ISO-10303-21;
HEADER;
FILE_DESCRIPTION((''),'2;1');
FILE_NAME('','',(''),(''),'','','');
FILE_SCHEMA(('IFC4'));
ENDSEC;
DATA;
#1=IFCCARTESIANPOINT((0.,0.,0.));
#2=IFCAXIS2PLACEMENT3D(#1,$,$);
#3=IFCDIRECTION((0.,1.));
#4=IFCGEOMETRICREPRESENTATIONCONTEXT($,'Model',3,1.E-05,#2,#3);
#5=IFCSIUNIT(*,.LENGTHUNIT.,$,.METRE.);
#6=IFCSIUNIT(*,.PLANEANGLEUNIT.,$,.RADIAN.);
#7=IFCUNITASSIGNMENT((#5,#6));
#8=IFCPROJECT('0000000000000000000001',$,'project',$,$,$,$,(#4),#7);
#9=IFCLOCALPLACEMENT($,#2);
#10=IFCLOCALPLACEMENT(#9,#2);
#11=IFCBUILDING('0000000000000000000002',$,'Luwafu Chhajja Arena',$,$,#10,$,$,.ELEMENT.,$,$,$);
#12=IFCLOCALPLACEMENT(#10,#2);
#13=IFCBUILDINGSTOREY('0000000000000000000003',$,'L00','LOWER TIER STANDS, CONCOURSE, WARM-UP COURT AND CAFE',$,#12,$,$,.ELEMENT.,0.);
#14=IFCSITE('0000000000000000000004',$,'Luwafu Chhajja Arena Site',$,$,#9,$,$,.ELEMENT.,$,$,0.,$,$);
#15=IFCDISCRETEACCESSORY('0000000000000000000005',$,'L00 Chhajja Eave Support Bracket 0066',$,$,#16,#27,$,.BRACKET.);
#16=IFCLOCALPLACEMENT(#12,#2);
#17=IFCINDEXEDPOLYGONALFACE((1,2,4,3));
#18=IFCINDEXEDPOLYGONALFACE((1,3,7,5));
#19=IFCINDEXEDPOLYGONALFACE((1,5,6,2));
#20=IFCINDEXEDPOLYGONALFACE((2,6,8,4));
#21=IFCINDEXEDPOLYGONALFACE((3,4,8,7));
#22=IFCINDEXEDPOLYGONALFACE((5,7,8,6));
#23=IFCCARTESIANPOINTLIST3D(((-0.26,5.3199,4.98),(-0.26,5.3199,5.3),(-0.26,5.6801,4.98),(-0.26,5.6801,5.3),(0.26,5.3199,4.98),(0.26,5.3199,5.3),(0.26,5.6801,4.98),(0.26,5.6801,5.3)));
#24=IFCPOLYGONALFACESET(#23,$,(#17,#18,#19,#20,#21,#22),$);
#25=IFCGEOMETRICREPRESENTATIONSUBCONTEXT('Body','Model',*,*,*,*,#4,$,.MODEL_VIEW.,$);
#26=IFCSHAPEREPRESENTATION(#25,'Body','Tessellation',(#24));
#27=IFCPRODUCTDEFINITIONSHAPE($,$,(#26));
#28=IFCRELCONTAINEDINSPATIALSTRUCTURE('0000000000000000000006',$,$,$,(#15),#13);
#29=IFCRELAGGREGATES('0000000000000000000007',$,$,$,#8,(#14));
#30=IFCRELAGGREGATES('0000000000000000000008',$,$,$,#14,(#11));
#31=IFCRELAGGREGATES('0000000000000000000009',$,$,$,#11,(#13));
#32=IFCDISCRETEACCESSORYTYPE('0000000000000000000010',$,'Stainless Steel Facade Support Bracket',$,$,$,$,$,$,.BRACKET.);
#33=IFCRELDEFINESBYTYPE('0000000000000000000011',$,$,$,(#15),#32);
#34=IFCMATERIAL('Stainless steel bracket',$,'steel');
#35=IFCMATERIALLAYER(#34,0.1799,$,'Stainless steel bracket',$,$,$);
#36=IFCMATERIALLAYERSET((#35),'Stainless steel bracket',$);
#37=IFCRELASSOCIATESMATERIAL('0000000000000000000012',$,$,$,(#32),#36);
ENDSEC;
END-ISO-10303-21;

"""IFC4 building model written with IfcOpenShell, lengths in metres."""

from ifc_helpers import new_model, si_unit, direction, frame, origin, origin_2d, place, context, subcontext, project, spatial, rectangle, extrude, material, layer, layer_set, type_object, element, save


model = new_model("IFC4")

# Units and contexts
model_context = context("Model", 3, precision=1e-05, world=origin(), true_north=direction((0.0, 1.0)))
body_context = subcontext(model_context, "Body", "Model", "MODEL_VIEW")
ifc_project = project(units=[si_unit("LENGTHUNIT", "METRE"), si_unit("PLANEANGLEUNIT", "RADIAN")], contexts=[model_context])

# Site, building, storey
site_placement = place(None, origin())
site = spatial("IfcSite", under=ifc_project, at=site_placement, Name="Luwafu Chhajja Arena Site", CompositionType="ELEMENT", RefElevation=0.0)
building_placement = place(site_placement, origin())
building = spatial("IfcBuilding", under=site, at=building_placement, Name="Luwafu Chhajja Arena", CompositionType="ELEMENT")
storey_placement = place(building_placement, origin())
storey = spatial("IfcBuildingStorey", under=building, at=storey_placement, Name="L00", Description="LOWER TIER STANDS, CONCOURSE, WARM-UP COURT AND CAFE", CompositionType="ELEMENT", Elevation=0.0)

# Discrete accessory
ifc_material_1 = material(Name="Stainless steel bracket", Category="steel")
ifc_layer_1 = layer(ifc_material_1, 0.1799, Name="Stainless steel bracket")
ifc_layer_set_1 = layer_set([ifc_layer_1], Name="Stainless steel bracket")
discrete_accessory_type = type_object("IfcDiscreteAccessoryType", Name="Stainless Steel Facade Support Bracket", PredefinedType="BRACKET", material=ifc_layer_set_1)
discrete_accessory_placement = place(storey_placement, frame((0.0, 5.5, 4.98), z_axis=(0.0, 0.0, 1.0), x_axis=(0.0, 1.0, 0.0)))
element("IfcDiscreteAccessory", 1, at=discrete_accessory_placement, inside=storey, type_object=discrete_accessory_type, Name="L00 Chhajja Eave Support Bracket 0066", PredefinedType="BRACKET", context=body_context, shape_type="SweptSolid", body=[
    extrude(rectangle(XDim=0.3601, YDim=0.52, at=origin_2d()), origin(), (0.0, 0.0, 1.0), 0.3201),
])

save(model, "model.ifc")
